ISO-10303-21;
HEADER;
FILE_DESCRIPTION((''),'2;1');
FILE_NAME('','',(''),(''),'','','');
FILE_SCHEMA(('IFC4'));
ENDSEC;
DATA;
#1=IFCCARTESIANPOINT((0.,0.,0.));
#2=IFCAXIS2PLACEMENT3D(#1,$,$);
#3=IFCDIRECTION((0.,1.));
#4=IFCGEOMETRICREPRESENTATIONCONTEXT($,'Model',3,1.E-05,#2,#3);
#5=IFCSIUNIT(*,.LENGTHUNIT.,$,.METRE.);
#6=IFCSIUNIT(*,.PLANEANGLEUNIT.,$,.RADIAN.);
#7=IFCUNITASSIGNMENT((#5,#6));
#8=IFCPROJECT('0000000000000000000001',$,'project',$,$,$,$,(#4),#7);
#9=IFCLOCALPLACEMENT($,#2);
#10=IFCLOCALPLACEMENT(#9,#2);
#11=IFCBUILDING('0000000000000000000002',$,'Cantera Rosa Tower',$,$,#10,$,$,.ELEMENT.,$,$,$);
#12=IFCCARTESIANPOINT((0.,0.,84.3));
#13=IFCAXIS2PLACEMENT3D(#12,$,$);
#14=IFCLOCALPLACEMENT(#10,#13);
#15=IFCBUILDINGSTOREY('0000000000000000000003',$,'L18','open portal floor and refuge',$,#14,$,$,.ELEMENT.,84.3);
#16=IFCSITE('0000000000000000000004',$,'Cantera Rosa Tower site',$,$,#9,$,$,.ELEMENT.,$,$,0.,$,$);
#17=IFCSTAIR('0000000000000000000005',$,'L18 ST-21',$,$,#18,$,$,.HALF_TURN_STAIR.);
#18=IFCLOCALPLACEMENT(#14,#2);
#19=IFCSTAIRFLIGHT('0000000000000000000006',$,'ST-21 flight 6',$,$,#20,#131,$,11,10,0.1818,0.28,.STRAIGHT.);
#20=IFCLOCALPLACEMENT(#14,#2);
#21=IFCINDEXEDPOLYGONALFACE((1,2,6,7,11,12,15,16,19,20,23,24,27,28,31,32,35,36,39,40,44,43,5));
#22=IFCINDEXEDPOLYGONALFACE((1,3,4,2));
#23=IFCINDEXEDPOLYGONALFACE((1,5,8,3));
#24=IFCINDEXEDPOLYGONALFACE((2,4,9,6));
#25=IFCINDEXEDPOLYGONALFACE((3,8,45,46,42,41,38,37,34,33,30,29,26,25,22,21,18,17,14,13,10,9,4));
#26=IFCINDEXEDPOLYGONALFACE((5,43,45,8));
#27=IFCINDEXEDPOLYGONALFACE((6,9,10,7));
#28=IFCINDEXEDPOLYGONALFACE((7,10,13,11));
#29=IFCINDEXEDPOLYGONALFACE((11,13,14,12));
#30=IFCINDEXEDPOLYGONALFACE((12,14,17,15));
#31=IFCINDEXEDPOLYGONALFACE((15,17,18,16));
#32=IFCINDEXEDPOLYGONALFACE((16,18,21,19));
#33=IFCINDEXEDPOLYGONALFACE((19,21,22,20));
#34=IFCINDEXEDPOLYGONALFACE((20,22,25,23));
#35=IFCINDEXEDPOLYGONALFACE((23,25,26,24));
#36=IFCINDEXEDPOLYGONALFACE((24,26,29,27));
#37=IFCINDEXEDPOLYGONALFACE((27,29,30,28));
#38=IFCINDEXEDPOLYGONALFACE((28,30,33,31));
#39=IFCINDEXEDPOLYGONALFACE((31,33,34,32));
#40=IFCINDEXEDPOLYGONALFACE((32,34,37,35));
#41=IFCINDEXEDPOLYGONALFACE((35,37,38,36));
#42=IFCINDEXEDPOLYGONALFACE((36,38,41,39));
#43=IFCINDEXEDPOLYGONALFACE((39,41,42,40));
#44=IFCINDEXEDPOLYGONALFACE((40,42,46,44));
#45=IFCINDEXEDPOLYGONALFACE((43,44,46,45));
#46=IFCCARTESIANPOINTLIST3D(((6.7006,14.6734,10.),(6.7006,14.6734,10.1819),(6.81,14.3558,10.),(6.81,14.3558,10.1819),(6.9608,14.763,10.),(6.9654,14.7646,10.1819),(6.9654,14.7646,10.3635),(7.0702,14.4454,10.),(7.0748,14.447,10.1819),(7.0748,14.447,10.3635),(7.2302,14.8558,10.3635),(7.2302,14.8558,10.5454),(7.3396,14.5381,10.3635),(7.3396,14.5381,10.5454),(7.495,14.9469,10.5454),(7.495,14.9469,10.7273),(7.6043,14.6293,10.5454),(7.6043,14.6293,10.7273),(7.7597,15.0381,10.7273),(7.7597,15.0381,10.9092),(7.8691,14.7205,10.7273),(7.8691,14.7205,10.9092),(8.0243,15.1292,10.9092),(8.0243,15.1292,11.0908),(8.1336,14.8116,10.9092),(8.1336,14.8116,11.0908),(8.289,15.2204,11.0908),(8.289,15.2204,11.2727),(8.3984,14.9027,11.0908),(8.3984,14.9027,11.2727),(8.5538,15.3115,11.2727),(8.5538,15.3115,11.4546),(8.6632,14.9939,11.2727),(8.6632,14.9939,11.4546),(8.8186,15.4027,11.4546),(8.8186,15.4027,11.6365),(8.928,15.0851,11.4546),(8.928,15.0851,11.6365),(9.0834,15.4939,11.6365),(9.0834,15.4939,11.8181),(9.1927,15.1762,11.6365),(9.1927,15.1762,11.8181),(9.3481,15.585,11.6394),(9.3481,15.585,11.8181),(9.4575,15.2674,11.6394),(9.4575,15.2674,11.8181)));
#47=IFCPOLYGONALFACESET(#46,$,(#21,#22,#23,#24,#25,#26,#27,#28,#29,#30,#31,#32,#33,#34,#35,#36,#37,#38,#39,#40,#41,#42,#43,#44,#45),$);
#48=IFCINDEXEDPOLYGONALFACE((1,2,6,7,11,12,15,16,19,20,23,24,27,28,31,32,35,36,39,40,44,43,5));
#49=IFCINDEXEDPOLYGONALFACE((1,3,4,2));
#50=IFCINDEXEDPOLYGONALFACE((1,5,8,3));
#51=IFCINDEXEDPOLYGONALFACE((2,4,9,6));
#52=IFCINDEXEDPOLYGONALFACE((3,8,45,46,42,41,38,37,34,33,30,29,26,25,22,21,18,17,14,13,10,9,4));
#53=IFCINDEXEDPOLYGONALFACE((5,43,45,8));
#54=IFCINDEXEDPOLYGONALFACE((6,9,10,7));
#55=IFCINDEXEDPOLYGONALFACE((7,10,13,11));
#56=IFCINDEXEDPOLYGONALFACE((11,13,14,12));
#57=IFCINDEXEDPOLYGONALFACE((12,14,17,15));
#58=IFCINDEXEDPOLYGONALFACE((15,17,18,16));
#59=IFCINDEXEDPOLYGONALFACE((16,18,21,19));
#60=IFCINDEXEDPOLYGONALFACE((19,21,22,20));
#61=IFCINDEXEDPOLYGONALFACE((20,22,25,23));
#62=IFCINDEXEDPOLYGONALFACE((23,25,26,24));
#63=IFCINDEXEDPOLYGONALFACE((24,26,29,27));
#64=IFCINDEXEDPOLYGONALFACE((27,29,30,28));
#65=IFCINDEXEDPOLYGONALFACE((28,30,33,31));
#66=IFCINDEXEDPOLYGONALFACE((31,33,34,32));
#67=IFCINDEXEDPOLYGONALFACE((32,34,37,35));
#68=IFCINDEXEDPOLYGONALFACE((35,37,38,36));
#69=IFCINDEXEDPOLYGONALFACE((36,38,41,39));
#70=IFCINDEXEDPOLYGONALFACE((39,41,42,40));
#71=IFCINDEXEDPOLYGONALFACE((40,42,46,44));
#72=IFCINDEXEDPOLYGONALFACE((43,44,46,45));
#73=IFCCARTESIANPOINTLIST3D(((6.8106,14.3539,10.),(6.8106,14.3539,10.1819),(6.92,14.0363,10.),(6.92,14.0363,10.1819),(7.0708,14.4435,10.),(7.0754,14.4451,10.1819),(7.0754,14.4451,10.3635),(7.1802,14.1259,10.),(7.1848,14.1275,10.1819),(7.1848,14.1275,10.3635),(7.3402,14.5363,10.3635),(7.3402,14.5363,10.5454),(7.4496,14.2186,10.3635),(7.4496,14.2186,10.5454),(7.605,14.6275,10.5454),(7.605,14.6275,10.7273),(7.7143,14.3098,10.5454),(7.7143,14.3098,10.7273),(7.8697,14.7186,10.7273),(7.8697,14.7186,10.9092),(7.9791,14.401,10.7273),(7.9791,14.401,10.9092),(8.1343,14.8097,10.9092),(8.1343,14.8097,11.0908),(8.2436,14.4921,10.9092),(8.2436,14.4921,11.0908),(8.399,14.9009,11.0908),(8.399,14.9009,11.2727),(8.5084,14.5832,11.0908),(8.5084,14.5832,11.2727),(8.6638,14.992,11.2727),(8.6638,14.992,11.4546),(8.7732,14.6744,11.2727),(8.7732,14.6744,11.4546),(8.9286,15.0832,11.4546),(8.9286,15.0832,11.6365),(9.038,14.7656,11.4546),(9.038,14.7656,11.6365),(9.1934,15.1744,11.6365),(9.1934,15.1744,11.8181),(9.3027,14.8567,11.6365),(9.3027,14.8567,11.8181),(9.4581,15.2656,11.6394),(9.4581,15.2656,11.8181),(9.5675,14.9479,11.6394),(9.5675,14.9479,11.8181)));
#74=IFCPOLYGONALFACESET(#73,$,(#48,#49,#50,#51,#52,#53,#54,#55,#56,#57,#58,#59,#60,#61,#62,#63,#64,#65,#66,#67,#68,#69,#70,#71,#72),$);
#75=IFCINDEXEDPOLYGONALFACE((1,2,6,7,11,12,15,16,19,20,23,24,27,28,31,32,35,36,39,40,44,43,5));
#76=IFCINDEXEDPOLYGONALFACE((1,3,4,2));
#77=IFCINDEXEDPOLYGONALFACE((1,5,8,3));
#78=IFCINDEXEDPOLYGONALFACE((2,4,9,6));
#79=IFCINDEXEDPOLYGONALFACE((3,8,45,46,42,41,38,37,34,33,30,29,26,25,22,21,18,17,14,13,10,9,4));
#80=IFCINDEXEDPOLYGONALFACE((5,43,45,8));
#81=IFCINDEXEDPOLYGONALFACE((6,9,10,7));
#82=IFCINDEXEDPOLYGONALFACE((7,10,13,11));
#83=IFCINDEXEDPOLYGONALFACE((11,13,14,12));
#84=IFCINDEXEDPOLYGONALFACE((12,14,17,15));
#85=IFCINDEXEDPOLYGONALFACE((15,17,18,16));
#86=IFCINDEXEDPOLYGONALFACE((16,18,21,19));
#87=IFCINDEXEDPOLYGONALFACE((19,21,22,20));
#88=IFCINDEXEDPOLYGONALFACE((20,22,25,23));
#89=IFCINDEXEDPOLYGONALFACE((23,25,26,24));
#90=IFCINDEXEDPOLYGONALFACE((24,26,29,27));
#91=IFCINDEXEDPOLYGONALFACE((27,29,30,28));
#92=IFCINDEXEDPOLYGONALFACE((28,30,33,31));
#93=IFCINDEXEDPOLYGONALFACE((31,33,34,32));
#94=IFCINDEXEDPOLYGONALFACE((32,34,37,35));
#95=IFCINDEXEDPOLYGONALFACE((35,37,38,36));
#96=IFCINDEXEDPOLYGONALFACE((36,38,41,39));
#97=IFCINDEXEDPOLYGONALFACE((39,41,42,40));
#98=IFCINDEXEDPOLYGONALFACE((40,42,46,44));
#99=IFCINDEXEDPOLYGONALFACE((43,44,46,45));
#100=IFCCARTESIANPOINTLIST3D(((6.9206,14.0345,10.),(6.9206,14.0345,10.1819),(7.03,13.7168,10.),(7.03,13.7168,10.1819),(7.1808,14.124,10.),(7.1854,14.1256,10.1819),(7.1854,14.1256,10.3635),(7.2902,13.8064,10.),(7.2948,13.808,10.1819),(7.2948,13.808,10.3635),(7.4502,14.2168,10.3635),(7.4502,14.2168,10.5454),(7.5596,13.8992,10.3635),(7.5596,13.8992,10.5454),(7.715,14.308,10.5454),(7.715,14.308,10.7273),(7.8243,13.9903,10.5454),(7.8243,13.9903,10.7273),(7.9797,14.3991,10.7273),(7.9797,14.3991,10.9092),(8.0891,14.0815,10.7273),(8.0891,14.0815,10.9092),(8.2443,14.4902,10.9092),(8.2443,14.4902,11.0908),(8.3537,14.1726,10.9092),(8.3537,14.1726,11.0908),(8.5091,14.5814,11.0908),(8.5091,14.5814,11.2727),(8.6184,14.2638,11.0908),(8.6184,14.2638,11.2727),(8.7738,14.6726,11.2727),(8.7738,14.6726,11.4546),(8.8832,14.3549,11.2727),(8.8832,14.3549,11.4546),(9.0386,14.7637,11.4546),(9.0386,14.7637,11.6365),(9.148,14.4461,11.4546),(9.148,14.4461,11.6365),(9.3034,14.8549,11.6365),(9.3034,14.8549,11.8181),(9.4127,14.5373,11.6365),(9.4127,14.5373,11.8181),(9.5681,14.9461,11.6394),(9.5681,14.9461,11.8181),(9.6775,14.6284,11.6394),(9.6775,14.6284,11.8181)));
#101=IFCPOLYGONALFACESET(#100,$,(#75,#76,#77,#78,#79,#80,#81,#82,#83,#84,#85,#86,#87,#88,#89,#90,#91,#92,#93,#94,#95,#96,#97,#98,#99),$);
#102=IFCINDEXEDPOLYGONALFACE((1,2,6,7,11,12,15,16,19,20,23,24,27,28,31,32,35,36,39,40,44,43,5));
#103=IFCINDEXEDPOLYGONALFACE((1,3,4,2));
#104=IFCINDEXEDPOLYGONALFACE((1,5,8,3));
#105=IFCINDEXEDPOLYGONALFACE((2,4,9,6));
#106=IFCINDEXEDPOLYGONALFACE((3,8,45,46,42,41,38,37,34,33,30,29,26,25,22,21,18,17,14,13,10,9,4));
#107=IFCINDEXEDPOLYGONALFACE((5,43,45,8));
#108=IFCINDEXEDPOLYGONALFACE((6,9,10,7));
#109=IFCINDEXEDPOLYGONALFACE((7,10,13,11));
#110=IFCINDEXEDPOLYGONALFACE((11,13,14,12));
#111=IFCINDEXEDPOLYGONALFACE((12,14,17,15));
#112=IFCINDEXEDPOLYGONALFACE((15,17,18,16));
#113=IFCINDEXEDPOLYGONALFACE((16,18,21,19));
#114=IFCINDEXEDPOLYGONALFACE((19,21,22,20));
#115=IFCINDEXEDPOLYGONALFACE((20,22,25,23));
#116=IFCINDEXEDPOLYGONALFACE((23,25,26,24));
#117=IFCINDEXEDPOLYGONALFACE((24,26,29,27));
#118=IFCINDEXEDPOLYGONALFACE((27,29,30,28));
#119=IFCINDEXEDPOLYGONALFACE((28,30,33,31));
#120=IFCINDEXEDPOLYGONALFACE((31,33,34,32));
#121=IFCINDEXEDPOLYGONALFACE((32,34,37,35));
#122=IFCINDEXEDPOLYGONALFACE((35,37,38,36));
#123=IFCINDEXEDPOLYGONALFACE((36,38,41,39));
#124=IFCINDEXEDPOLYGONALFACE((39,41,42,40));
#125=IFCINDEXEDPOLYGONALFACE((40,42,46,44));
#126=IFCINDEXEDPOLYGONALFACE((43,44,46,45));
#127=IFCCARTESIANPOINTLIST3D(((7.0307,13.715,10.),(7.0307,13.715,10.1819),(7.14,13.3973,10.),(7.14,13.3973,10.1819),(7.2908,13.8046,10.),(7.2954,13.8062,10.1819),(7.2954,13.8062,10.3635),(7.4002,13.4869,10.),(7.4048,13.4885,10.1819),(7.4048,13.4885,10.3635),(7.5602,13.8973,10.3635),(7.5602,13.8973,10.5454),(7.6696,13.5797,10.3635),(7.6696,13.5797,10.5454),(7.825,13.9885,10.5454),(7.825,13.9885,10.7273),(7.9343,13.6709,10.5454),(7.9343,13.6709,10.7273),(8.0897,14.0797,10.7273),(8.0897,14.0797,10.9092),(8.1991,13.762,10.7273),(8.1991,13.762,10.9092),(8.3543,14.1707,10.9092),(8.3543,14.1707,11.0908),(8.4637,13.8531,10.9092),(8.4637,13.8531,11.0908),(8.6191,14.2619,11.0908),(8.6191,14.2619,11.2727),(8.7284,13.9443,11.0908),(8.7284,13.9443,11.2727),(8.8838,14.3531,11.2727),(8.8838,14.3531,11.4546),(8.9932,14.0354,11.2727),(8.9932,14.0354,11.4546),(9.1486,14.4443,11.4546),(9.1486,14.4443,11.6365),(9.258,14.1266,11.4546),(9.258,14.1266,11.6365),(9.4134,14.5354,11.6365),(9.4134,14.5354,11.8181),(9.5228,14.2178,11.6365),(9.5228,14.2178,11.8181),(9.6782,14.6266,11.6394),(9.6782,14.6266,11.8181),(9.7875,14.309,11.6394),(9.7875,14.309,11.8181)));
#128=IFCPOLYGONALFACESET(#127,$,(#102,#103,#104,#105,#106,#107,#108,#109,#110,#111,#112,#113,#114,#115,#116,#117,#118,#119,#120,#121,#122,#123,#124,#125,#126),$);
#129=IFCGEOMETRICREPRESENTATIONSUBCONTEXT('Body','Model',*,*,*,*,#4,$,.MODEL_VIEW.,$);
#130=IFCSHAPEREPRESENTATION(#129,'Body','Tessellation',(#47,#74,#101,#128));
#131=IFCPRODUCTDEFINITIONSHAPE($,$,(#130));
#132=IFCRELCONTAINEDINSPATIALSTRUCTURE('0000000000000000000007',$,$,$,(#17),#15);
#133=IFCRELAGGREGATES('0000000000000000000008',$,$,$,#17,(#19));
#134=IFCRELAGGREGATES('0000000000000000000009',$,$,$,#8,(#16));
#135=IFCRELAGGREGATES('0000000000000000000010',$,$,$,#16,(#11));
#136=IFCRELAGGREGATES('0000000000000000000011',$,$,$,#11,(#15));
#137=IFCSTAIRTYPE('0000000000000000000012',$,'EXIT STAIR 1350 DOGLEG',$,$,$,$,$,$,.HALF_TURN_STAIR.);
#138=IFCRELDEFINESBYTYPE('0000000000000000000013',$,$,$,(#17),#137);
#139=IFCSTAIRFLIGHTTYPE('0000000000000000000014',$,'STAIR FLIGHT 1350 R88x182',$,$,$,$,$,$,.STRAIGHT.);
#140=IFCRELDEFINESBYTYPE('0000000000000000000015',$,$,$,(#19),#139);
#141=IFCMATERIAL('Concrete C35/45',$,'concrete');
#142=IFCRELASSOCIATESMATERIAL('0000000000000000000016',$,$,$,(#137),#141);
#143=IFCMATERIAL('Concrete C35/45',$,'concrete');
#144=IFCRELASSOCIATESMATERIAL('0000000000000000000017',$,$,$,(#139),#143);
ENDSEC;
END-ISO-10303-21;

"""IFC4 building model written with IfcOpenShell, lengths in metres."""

from ifc_helpers import new_model, si_unit, direction, frame, origin, place, context, subcontext, project, spatial, polyline, outline, extrude, material, type_object, element, aggregate, save


model = new_model("IFC4")

# Units and contexts
model_context = context("Model", 3, precision=1e-05, world=origin(), true_north=direction((0.0, 1.0)))
body_context = subcontext(model_context, "Body", "Model", "MODEL_VIEW")
ifc_project = project(units=[si_unit("LENGTHUNIT", "METRE"), si_unit("PLANEANGLEUNIT", "RADIAN")], contexts=[model_context])

# Site, building, storey
site_placement = place(None, origin())
site = spatial("IfcSite", under=ifc_project, at=site_placement, Name="Cantera Rosa Tower site", CompositionType="ELEMENT", RefElevation=0.0)
building_placement = place(site_placement, origin())
building = spatial("IfcBuilding", under=site, at=building_placement, Name="Cantera Rosa Tower", CompositionType="ELEMENT")
storey_placement = place(building_placement, frame((0.0, 0.0, 84.3)))
storey = spatial("IfcBuildingStorey", under=building, at=storey_placement, Name="L18", Description="open portal floor and refuge", CompositionType="ELEMENT", Elevation=84.3)

# Stair, stair flight
ifc_material_1 = material(Name="Concrete C35/45", Category="concrete")
stair_type = type_object("IfcStairType", Name="EXIT STAIR 1350 DOGLEG", PredefinedType="HALF_TURN_STAIR", material=ifc_material_1)
stair_placement = place(storey_placement, origin())
stair = element("IfcStair", 1, at=stair_placement, inside=storey, type_object=stair_type, Name="L18 ST-21", PredefinedType="HALF_TURN_STAIR")
ifc_material_2 = material(Name="Concrete C35/45", Category="concrete")
stair_flight_type = type_object("IfcStairFlightType", Name="STAIR FLIGHT 1350 R88x182", PredefinedType="STRAIGHT", material=ifc_material_2)
stair_flight_1_placement = place(storey_placement, frame((6.9204, 14.0352, 10.0), z_axis=(0.0, 0.0, 1.0), x_axis=(0.945519, 0.325568, 0.0)))
stair_flight_1 = element("IfcStairFlight", 2, at=stair_flight_1_placement, type_object=stair_flight_type, Name="ST-21 flight 6", NumberOfRisers=11, NumberOfTreads=10, PredefinedType="STRAIGHT", RiserHeight=0.1818, TreadLength=0.28, context=body_context, shape_type="SweptSolid", body=[
    extrude(outline(polyline([(0.0, 0.0), (0.0, 0.1819), (0.28, 0.1819), (0.28, 0.3635), (0.5601, 0.3635), (0.5601, 0.5454), (0.8401, 0.5454), (0.8401, 0.7273), (1.1201, 0.7273), (1.1201, 0.9092), (1.3999, 0.9092), (1.3999, 1.0908), (1.6799, 1.0908), (1.6799, 1.2727), (1.96, 1.2727), (1.96, 1.4546), (2.24, 1.4546), (2.24, 1.6365), (2.52, 1.6365), (2.52, 1.8181), (2.8, 1.8181), (2.8, 2.0), (2.8, 1.6394), (0.2751, 0.0), (0.0, 0.0)])), frame((0.0, 0.675, 0.0), z_axis=(0.0, -1.0, 0.0), x_axis=(1.0, 0.0, 0.0)), (0.0, 0.0, 1.0), 0.3359),
    extrude(outline(polyline([(0.0, 0.0), (0.0, 0.1819), (0.28, 0.1819), (0.28, 0.3635), (0.5601, 0.3635), (0.5601, 0.5454), (0.8401, 0.5454), (0.8401, 0.7273), (1.1201, 0.7273), (1.1201, 0.9092), (1.3999, 0.9092), (1.3999, 1.0908), (1.6799, 1.0908), (1.6799, 1.2727), (1.96, 1.2727), (1.96, 1.4546), (2.24, 1.4546), (2.24, 1.6365), (2.52, 1.6365), (2.52, 1.8181), (2.8, 1.8181), (2.8, 2.0), (2.8, 1.6394), (0.2751, 0.0), (0.0, 0.0)])), frame((0.0, 0.3372, 0.0), z_axis=(0.0, -1.0, 0.0), x_axis=(1.0, 0.0, 0.0)), (0.0, 0.0, 1.0), 0.3359),
    extrude(outline(polyline([(0.0, 0.0), (0.0, 0.1819), (0.28, 0.1819), (0.28, 0.3635), (0.5601, 0.3635), (0.5601, 0.5454), (0.8401, 0.5454), (0.8401, 0.7273), (1.1201, 0.7273), (1.1201, 0.9092), (1.3999, 0.9092), (1.3999, 1.0908), (1.6799, 1.0908), (1.6799, 1.2727), (1.96, 1.2727), (1.96, 1.4546), (2.24, 1.4546), (2.24, 1.6365), (2.52, 1.6365), (2.52, 1.8181), (2.8, 1.8181), (2.8, 2.0), (2.8, 1.6394), (0.2751, 0.0), (0.0, 0.0)])), frame((0.0, -0.0007, 0.0), z_axis=(0.0, -1.0, 0.0), x_axis=(1.0, 0.0, 0.0)), (0.0, 0.0, 1.0), 0.3359),
    extrude(outline(polyline([(0.0, 0.0), (0.0, 0.1819), (0.28, 0.1819), (0.28, 0.3635), (0.5601, 0.3635), (0.5601, 0.5454), (0.8401, 0.5454), (0.8401, 0.7273), (1.1201, 0.7273), (1.1201, 0.9092), (1.3999, 0.9092), (1.3999, 1.0908), (1.6799, 1.0908), (1.6799, 1.2727), (1.96, 1.2727), (1.96, 1.4546), (2.24, 1.4546), (2.24, 1.6365), (2.52, 1.6365), (2.52, 1.8181), (2.8, 1.8181), (2.8, 2.0), (2.8, 1.6394), (0.2751, 0.0), (0.0, 0.0)])), frame((0.0, -0.3386, 0.0), z_axis=(0.0, -1.0, 0.0), x_axis=(1.0, 0.0, 0.0)), (0.0, 0.0, 1.0), 0.3359),
])
aggregate(stair, [stair_flight_1])

save(model, "model.ifc")
